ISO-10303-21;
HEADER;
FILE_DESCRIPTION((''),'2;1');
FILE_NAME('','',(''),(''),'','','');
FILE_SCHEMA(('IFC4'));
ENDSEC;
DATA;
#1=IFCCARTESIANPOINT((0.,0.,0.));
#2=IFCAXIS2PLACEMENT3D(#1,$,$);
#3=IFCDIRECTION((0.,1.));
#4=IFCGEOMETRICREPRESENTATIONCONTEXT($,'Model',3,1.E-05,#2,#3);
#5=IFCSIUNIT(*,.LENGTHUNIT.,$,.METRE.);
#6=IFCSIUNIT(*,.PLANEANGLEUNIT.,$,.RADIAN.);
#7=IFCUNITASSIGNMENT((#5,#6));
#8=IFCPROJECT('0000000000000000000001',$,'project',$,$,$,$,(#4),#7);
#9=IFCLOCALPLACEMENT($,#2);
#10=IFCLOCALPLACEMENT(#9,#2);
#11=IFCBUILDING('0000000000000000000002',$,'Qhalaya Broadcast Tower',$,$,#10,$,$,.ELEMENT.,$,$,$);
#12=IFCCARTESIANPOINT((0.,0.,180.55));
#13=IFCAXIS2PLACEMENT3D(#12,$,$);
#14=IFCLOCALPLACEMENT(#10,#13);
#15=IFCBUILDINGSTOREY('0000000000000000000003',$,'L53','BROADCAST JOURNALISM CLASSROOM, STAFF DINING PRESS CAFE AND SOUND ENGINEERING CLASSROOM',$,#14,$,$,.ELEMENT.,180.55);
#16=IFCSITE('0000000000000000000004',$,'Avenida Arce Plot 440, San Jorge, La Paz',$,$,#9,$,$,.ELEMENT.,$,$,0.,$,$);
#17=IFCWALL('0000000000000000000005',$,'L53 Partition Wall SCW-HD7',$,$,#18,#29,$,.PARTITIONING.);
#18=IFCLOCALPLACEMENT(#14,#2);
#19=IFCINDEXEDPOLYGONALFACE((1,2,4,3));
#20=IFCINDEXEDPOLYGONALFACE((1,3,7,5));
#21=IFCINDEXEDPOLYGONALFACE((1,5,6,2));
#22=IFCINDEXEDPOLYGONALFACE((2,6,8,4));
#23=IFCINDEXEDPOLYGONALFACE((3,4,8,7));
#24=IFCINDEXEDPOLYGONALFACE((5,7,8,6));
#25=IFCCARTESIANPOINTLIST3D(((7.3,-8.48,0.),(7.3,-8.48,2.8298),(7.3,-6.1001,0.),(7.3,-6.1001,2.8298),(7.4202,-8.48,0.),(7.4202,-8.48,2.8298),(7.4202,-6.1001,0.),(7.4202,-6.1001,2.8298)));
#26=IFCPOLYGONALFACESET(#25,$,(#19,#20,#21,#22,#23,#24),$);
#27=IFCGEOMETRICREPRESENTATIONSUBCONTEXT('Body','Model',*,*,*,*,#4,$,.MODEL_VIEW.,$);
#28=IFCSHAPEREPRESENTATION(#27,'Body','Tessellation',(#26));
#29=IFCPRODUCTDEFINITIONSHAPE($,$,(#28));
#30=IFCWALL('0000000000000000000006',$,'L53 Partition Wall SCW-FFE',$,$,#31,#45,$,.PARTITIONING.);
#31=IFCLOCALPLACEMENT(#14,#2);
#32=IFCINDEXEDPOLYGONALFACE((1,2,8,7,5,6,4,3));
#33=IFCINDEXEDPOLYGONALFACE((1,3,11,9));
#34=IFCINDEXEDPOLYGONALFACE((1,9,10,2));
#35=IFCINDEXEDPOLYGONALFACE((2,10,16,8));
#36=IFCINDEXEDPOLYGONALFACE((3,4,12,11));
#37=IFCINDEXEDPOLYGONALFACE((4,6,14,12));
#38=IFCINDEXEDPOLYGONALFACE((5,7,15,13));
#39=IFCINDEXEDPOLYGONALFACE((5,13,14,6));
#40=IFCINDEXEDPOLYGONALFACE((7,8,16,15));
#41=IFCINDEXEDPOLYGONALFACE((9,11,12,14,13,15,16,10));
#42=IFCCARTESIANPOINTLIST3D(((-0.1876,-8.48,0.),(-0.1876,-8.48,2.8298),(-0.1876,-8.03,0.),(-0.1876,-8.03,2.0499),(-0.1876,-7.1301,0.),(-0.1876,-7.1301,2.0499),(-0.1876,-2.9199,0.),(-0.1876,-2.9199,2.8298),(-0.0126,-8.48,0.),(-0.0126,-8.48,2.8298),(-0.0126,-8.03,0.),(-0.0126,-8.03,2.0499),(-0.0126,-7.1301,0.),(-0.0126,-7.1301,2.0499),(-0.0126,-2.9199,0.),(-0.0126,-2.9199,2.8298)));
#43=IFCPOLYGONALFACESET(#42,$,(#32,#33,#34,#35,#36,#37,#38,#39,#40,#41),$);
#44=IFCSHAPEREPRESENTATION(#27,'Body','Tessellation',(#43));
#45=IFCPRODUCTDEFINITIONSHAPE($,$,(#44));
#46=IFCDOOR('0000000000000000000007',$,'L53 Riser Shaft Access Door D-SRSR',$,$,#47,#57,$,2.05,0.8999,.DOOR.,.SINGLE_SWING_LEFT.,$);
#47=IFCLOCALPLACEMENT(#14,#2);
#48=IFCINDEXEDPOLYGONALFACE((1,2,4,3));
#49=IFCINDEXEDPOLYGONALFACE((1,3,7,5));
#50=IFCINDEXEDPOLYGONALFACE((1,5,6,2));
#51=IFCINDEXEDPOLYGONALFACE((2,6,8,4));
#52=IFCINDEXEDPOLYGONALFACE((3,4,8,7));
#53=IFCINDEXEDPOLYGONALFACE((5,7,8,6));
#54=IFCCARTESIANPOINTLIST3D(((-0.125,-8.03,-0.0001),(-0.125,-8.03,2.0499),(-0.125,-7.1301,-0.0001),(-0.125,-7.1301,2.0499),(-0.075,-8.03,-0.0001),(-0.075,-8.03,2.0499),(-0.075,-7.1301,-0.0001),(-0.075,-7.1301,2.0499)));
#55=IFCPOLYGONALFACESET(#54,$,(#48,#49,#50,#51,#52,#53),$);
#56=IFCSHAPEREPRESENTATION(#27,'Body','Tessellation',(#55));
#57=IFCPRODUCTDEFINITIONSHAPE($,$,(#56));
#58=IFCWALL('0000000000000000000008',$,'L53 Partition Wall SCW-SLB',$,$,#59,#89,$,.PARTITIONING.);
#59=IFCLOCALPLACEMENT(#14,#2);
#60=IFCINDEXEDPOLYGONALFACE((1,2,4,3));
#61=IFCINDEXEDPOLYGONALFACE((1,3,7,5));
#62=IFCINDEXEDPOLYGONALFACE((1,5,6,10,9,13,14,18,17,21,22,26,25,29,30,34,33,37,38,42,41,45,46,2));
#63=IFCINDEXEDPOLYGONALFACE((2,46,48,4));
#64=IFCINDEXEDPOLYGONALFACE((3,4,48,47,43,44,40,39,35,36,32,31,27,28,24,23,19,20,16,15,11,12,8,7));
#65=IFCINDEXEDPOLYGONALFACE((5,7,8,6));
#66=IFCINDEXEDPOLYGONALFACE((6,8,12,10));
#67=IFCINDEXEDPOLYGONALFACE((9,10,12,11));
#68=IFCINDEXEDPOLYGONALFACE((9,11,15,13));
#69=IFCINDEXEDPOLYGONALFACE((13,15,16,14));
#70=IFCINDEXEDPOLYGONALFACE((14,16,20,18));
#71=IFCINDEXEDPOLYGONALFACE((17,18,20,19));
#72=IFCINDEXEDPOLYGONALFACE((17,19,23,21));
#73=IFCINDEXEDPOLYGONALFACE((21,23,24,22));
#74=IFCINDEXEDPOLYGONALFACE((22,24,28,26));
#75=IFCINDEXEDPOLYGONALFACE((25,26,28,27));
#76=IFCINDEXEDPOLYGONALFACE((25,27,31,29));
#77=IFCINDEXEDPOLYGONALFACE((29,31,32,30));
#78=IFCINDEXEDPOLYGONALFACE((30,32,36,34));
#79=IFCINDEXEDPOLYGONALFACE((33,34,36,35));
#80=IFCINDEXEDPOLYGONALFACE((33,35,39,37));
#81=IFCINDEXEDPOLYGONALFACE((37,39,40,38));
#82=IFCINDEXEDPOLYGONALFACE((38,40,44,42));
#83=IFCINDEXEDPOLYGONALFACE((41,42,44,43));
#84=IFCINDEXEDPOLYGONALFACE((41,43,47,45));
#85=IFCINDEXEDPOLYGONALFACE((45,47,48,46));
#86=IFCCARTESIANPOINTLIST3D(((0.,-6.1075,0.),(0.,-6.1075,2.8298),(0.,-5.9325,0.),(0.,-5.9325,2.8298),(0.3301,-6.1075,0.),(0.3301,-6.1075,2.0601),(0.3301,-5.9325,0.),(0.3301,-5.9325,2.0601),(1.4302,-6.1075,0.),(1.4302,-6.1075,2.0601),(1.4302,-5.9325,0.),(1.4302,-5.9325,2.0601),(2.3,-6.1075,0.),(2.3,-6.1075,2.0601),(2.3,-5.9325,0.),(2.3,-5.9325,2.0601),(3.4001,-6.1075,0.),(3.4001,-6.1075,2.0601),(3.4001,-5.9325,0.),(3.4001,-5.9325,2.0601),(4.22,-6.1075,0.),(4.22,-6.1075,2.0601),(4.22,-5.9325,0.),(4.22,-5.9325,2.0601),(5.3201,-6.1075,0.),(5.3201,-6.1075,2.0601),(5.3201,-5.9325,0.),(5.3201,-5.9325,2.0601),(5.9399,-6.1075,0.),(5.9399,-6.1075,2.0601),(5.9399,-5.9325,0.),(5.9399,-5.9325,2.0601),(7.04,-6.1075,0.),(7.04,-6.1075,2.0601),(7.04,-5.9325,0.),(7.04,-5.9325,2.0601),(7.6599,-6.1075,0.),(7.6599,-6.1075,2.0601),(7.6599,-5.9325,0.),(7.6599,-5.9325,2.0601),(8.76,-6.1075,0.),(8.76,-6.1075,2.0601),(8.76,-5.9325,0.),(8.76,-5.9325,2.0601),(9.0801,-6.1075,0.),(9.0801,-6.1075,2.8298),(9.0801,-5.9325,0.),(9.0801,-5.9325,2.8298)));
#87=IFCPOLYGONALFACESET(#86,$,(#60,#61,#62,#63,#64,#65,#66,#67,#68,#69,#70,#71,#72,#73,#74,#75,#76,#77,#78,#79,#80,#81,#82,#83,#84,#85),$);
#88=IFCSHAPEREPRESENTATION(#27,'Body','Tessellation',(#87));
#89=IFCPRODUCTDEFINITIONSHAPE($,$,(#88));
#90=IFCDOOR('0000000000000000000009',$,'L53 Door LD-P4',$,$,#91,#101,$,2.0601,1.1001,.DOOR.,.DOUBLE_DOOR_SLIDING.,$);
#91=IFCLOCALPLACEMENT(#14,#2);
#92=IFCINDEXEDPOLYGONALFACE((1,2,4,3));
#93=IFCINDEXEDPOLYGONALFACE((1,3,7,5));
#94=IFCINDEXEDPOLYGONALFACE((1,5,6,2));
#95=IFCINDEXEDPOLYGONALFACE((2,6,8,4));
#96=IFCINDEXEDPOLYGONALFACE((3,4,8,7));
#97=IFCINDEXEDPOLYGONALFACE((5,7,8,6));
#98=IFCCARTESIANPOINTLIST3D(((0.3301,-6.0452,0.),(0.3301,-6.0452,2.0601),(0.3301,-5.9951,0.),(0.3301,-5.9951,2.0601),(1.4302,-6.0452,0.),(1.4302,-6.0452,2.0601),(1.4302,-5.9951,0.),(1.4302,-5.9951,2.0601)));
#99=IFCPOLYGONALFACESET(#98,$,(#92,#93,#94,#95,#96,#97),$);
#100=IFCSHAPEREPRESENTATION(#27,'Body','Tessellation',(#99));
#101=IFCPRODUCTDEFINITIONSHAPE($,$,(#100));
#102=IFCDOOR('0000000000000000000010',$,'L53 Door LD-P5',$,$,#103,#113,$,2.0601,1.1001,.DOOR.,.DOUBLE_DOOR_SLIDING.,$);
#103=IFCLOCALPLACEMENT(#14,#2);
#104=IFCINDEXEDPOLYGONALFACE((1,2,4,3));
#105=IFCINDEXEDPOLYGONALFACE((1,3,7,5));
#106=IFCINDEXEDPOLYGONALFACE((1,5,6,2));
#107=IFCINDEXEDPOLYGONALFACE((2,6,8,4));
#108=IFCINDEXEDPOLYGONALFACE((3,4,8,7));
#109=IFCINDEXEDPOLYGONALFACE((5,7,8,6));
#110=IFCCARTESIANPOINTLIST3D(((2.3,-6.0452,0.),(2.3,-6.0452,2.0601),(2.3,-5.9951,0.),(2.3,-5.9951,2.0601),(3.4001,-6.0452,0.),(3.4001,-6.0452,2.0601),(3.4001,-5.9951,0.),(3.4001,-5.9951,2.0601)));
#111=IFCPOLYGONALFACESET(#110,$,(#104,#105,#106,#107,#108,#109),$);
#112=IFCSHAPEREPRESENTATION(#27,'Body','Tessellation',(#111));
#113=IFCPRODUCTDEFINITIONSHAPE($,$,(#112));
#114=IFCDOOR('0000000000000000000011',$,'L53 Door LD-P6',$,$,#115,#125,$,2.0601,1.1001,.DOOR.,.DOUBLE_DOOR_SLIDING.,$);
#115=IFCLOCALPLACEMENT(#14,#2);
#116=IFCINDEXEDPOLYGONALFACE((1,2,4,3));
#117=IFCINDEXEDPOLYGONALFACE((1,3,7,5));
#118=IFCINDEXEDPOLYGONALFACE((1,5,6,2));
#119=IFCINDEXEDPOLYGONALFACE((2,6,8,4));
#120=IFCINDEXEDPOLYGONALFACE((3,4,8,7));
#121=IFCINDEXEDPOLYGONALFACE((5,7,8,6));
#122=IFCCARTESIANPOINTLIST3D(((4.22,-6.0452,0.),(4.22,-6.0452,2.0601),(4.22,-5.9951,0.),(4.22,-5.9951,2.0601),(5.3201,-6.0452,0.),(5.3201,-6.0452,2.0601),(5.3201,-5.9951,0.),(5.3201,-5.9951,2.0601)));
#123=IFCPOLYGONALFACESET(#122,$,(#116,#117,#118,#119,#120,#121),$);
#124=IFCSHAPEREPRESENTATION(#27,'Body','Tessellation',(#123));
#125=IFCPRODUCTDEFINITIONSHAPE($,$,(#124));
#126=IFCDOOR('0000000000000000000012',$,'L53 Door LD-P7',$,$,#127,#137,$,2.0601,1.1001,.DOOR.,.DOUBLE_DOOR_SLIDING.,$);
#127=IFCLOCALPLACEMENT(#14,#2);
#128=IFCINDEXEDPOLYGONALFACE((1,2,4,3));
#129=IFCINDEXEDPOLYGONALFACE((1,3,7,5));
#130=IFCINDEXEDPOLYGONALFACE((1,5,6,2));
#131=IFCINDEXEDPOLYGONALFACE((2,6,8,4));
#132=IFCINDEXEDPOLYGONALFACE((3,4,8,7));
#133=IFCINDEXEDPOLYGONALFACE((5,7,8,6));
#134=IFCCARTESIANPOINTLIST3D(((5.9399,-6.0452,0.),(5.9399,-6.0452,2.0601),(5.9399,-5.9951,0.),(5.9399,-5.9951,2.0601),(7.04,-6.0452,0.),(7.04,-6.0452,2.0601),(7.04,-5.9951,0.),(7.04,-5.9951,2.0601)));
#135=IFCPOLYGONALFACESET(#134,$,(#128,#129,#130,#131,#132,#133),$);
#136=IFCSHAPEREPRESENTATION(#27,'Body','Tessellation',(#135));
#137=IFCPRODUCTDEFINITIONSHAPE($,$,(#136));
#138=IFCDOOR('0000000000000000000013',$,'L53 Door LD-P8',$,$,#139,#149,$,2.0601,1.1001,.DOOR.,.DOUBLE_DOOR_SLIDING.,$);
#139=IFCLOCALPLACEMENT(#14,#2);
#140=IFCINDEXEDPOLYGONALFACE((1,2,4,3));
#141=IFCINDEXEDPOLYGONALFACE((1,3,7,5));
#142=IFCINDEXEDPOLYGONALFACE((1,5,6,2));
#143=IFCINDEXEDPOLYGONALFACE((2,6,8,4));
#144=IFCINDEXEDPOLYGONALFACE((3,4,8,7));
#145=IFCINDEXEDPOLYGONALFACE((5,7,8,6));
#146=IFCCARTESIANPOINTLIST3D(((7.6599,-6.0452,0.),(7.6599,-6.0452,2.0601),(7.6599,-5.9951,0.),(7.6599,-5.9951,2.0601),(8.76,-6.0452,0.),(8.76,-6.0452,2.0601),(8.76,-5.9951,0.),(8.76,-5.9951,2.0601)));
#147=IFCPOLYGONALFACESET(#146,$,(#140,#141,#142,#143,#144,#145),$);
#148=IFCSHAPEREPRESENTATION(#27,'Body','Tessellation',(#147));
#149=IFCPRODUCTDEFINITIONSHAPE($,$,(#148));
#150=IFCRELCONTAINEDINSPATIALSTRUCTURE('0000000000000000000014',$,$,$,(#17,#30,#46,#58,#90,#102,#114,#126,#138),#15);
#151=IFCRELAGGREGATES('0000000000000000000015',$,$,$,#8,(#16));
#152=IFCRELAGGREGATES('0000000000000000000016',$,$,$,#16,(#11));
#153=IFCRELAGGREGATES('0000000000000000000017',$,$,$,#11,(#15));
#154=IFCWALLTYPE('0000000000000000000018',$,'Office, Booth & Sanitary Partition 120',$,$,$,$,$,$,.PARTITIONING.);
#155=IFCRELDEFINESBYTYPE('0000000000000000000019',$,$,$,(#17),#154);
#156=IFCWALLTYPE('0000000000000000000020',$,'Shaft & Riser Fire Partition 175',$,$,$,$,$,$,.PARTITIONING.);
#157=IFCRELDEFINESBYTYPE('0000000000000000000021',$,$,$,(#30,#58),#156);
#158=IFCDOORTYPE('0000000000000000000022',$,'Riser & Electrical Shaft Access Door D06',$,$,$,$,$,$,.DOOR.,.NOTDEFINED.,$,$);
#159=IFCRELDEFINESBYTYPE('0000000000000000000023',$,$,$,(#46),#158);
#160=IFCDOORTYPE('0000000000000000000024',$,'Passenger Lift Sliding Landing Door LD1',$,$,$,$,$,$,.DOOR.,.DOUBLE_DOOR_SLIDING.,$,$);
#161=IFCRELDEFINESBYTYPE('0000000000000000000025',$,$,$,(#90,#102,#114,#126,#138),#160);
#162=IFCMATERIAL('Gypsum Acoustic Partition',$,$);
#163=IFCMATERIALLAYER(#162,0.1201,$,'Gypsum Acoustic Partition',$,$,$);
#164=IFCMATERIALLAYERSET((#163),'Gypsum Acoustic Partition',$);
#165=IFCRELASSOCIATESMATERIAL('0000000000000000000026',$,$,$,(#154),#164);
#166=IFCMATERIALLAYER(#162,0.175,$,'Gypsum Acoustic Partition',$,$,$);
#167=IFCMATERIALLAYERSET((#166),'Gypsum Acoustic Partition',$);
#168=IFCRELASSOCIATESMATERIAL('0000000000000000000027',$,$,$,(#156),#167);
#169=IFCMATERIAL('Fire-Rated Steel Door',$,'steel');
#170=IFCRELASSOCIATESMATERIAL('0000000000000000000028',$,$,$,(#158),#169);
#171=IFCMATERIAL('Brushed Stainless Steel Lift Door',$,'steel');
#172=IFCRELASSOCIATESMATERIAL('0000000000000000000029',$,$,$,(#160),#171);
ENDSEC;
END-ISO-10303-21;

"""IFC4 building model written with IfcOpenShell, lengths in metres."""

from ifc_helpers import new_model, si_unit, direction, frame, frame_2d, origin, place, context, subcontext, project, spatial, rectangle, extrude, material, layer, layer_set, type_object, element, fill, save


model = new_model("IFC4")

# Units and contexts
model_context = context("Model", 3, precision=1e-05, world=origin(), true_north=direction((0.0, 1.0)))
body_context = subcontext(model_context, "Body", "Model", "MODEL_VIEW")
ifc_project = project(units=[si_unit("LENGTHUNIT", "METRE"), si_unit("PLANEANGLEUNIT", "RADIAN")], contexts=[model_context])

# Site, building, storey
site_placement = place(None, origin())
site = spatial("IfcSite", under=ifc_project, at=site_placement, Name="Avenida Arce Plot 440, San Jorge, La Paz", CompositionType="ELEMENT", RefElevation=0.0)
building_placement = place(site_placement, origin())
building = spatial("IfcBuilding", under=site, at=building_placement, Name="Qhalaya Broadcast Tower", CompositionType="ELEMENT")
storey_placement = place(building_placement, frame((0.0, 0.0, 180.55)))
storey = spatial("IfcBuildingStorey", under=building, at=storey_placement, Name="L53", Description="BROADCAST JOURNALISM CLASSROOM, STAFF DINING PRESS CAFE AND SOUND ENGINEERING CLASSROOM", CompositionType="ELEMENT", Elevation=180.55)

# Shared definitions
ifc_material_1 = material(Name="Gypsum Acoustic Partition")

# Wall
ifc_layer_1 = layer(ifc_material_1, 0.1201, Name="Gypsum Acoustic Partition")
ifc_layer_set_1 = layer_set([ifc_layer_1], Name="Gypsum Acoustic Partition")
wall_type_1 = type_object("IfcWallType", Name="Office, Booth & Sanitary Partition 120", PredefinedType="PARTITIONING", material=ifc_layer_set_1)
for number, where, z_axis, x_axis, name in (
    (1, (7.3601, -8.48, 0.0), (0.0, 0.0, 1.0), (0.0, 1.0, 0.0), "L53 Partition Wall SCW-HD7"),
):
    element("IfcWall", number, at=place(storey_placement, frame(where, z_axis=z_axis, x_axis=x_axis)), inside=storey, type_object=wall_type_1, Name=name, PredefinedType="PARTITIONING", context=body_context, shape_type="SweptSolid", body=[
        extrude(rectangle(XDim=2.3799, YDim=0.1201, at=frame_2d((1.1899, 0.0))), origin(), (0.0, 0.0, 1.0), 2.8298),
    ])

# Wall, opening, door
ifc_layer_2 = layer(ifc_material_1, 0.175, Name="Gypsum Acoustic Partition")
ifc_layer_set_2 = layer_set([ifc_layer_2], Name="Gypsum Acoustic Partition")
wall_type_2 = type_object("IfcWallType", Name="Shaft & Riser Fire Partition 175", PredefinedType="PARTITIONING", material=ifc_layer_set_2)
wall_1_placement = place(storey_placement, frame((-0.1001, -8.48, 0.0), z_axis=(0.0, 0.0, 1.0), x_axis=(0.0, 1.0, 0.0)))
wall_1 = element("IfcWall", 2, at=wall_1_placement, inside=storey, type_object=wall_type_2, Name="L53 Partition Wall SCW-FFE", PredefinedType="PARTITIONING", context=body_context, shape_type="SweptSolid", body=[
    extrude(rectangle(XDim=5.5601, YDim=0.175, at=frame_2d((2.78, 0.0))), origin(), (0.0, 0.0, 1.0), 2.8298),
])
opening_1_placement = place(wall_1_placement, frame((0.45, 0.0, 0.0)))
opening_1 = element("IfcOpeningElement", 3, at=opening_1_placement, cuts=wall_1, PredefinedType="OPENING", context=body_context, shape_type="SweptSolid", body=[
    extrude(rectangle(XDim=0.8999, YDim=2.05, at=frame_2d((0.45, 1.0249))), frame((0.0, 0.0996, 0.0), z_axis=(0.0, -1.0, 0.0), x_axis=(1.0, 0.0, 0.0)), (0.0, 0.0, 1.0), 0.199),
])
ifc_material_2 = material(Name="Fire-Rated Steel Door", Category="steel")
door_type_1 = type_object("IfcDoorType", Name="Riser & Electrical Shaft Access Door D06", OperationType="NOTDEFINED", PredefinedType="DOOR", material=ifc_material_2)
door_1_placement = place(opening_1_placement, origin())
door_1 = element("IfcDoor", 4, at=door_1_placement, inside=storey, type_object=door_type_1, Name="L53 Riser Shaft Access Door D-SRSR", OperationType="SINGLE_SWING_LEFT", OverallHeight=2.05, OverallWidth=0.8999, PredefinedType="DOOR", context=body_context, shape_type="SweptSolid", body=[
    extrude(rectangle(XDim=0.8999, YDim=2.05, at=frame_2d((0.45, 1.0249))), frame((0.0, 0.0249, 0.0), z_axis=(0.0, -1.0, 0.0), x_axis=(1.0, 0.0, 0.0)), (0.0, 0.0, 1.0), 0.05),
])
fill(opening_1, door_1)

# Wall, openings, doors
wall_2_placement = place(storey_placement, frame((0.0, -6.02, 0.0), z_axis=(0.0, 0.0, 1.0), x_axis=(1.0, 0.0, 0.0)))
wall_2 = element("IfcWall", 5, at=wall_2_placement, inside=storey, type_object=wall_type_2, Name="L53 Partition Wall SCW-SLB", PredefinedType="PARTITIONING", context=body_context, shape_type="SweptSolid", body=[
    extrude(rectangle(XDim=9.0801, YDim=0.175, at=frame_2d((4.54, 0.0))), origin(), (0.0, 0.0, 1.0), 2.8298),
])
opening_2_placement = place(wall_2_placement, frame((0.3301, 0.0, 0.0)))
opening_2 = element("IfcOpeningElement", 6, at=opening_2_placement, cuts=wall_2, PredefinedType="OPENING", context=body_context, shape_type="SweptSolid", body=[
    extrude(rectangle(XDim=1.1001, YDim=2.0601, at=frame_2d((0.55, 1.03))), frame((0.0, 0.0996, 0.0), z_axis=(0.0, -1.0, 0.0), x_axis=(1.0, 0.0, 0.0)), (0.0, 0.0, 1.0), 0.199),
])
opening_3_placement = place(wall_2_placement, frame((2.3, 0.0, 0.0)))
opening_3 = element("IfcOpeningElement", 7, at=opening_3_placement, cuts=wall_2, PredefinedType="OPENING", context=body_context, shape_type="SweptSolid", body=[
    extrude(rectangle(XDim=1.1001, YDim=2.0601, at=frame_2d((0.55, 1.03))), frame((0.0, 0.0996, 0.0), z_axis=(0.0, -1.0, 0.0), x_axis=(1.0, 0.0, 0.0)), (0.0, 0.0, 1.0), 0.199),
])
opening_4_placement = place(wall_2_placement, frame((4.22, 0.0, 0.0)))
opening_4 = element("IfcOpeningElement", 8, at=opening_4_placement, cuts=wall_2, PredefinedType="OPENING", context=body_context, shape_type="SweptSolid", body=[
    extrude(rectangle(XDim=1.1001, YDim=2.0601, at=frame_2d((0.55, 1.03))), frame((0.0, 0.0996, 0.0), z_axis=(0.0, -1.0, 0.0), x_axis=(1.0, 0.0, 0.0)), (0.0, 0.0, 1.0), 0.199),
])
opening_5_placement = place(wall_2_placement, frame((5.9399, 0.0, 0.0)))
opening_5 = element("IfcOpeningElement", 9, at=opening_5_placement, cuts=wall_2, PredefinedType="OPENING", context=body_context, shape_type="SweptSolid", body=[
    extrude(rectangle(XDim=1.1001, YDim=2.0601, at=frame_2d((0.55, 1.03))), frame((0.0, 0.0996, 0.0), z_axis=(0.0, -1.0, 0.0), x_axis=(1.0, 0.0, 0.0)), (0.0, 0.0, 1.0), 0.199),
])
opening_6_placement = place(wall_2_placement, frame((7.6599, 0.0, 0.0)))
opening_6 = element("IfcOpeningElement", 10, at=opening_6_placement, cuts=wall_2, PredefinedType="OPENING", context=body_context, shape_type="SweptSolid", body=[
    extrude(rectangle(XDim=1.1001, YDim=2.0601, at=frame_2d((0.55, 1.03))), frame((0.0, 0.0996, 0.0), z_axis=(0.0, -1.0, 0.0), x_axis=(1.0, 0.0, 0.0)), (0.0, 0.0, 1.0), 0.199),
])
ifc_material_3 = material(Name="Brushed Stainless Steel Lift Door", Category="steel")
door_type_2 = type_object("IfcDoorType", Name="Passenger Lift Sliding Landing Door LD1", OperationType="DOUBLE_DOOR_SLIDING", PredefinedType="DOOR", material=ifc_material_3)
door_2_placement = place(opening_2_placement, origin())
door_2 = element("IfcDoor", 11, at=door_2_placement, inside=storey, type_object=door_type_2, Name="L53 Door LD-P4", OperationType="DOUBLE_DOOR_SLIDING", OverallHeight=2.0601, OverallWidth=1.1001, PredefinedType="DOOR", context=body_context, shape_type="SweptSolid", body=[
    extrude(rectangle(XDim=1.1001, YDim=2.0601, at=frame_2d((0.55, 1.03))), frame((0.0, 0.0249, 0.0), z_axis=(0.0, -1.0, 0.0), x_axis=(1.0, 0.0, 0.0)), (0.0, 0.0, 1.0), 0.05),
])
fill(opening_2, door_2)
door_3_placement = place(opening_3_placement, origin())
door_3 = element("IfcDoor", 12, at=door_3_placement, inside=storey, type_object=door_type_2, Name="L53 Door LD-P5", OperationType="DOUBLE_DOOR_SLIDING", OverallHeight=2.0601, OverallWidth=1.1001, PredefinedType="DOOR", context=body_context, shape_type="SweptSolid", body=[
    extrude(rectangle(XDim=1.1001, YDim=2.0601, at=frame_2d((0.55, 1.03))), frame((0.0, 0.0249, 0.0), z_axis=(0.0, -1.0, 0.0), x_axis=(1.0, 0.0, 0.0)), (0.0, 0.0, 1.0), 0.05),
])
fill(opening_3, door_3)
door_4_placement = place(opening_4_placement, origin())
door_4 = element("IfcDoor", 13, at=door_4_placement, inside=storey, type_object=door_type_2, Name="L53 Door LD-P6", OperationType="DOUBLE_DOOR_SLIDING", OverallHeight=2.0601, OverallWidth=1.1001, PredefinedType="DOOR", context=body_context, shape_type="SweptSolid", body=[
    extrude(rectangle(XDim=1.1001, YDim=2.0601, at=frame_2d((0.55, 1.03))), frame((0.0, 0.0249, 0.0), z_axis=(0.0, -1.0, 0.0), x_axis=(1.0, 0.0, 0.0)), (0.0, 0.0, 1.0), 0.05),
])
fill(opening_4, door_4)
door_5_placement = place(opening_5_placement, origin())
door_5 = element("IfcDoor", 14, at=door_5_placement, inside=storey, type_object=door_type_2, Name="L53 Door LD-P7", OperationType="DOUBLE_DOOR_SLIDING", OverallHeight=2.0601, OverallWidth=1.1001, PredefinedType="DOOR", context=body_context, shape_type="SweptSolid", body=[
    extrude(rectangle(XDim=1.1001, YDim=2.0601, at=frame_2d((0.55, 1.03))), frame((0.0, 0.0249, 0.0), z_axis=(0.0, -1.0, 0.0), x_axis=(1.0, 0.0, 0.0)), (0.0, 0.0, 1.0), 0.05),
])
fill(opening_5, door_5)
door_6_placement = place(opening_6_placement, origin())
door_6 = element("IfcDoor", 15, at=door_6_placement, inside=storey, type_object=door_type_2, Name="L53 Door LD-P8", OperationType="DOUBLE_DOOR_SLIDING", OverallHeight=2.0601, OverallWidth=1.1001, PredefinedType="DOOR", context=body_context, shape_type="SweptSolid", body=[
    extrude(rectangle(XDim=1.1001, YDim=2.0601, at=frame_2d((0.55, 1.03))), frame((0.0, 0.0249, 0.0), z_axis=(0.0, -1.0, 0.0), x_axis=(1.0, 0.0, 0.0)), (0.0, 0.0, 1.0), 0.05),
])
fill(opening_6, door_6)

save(model, "model.ifc")
